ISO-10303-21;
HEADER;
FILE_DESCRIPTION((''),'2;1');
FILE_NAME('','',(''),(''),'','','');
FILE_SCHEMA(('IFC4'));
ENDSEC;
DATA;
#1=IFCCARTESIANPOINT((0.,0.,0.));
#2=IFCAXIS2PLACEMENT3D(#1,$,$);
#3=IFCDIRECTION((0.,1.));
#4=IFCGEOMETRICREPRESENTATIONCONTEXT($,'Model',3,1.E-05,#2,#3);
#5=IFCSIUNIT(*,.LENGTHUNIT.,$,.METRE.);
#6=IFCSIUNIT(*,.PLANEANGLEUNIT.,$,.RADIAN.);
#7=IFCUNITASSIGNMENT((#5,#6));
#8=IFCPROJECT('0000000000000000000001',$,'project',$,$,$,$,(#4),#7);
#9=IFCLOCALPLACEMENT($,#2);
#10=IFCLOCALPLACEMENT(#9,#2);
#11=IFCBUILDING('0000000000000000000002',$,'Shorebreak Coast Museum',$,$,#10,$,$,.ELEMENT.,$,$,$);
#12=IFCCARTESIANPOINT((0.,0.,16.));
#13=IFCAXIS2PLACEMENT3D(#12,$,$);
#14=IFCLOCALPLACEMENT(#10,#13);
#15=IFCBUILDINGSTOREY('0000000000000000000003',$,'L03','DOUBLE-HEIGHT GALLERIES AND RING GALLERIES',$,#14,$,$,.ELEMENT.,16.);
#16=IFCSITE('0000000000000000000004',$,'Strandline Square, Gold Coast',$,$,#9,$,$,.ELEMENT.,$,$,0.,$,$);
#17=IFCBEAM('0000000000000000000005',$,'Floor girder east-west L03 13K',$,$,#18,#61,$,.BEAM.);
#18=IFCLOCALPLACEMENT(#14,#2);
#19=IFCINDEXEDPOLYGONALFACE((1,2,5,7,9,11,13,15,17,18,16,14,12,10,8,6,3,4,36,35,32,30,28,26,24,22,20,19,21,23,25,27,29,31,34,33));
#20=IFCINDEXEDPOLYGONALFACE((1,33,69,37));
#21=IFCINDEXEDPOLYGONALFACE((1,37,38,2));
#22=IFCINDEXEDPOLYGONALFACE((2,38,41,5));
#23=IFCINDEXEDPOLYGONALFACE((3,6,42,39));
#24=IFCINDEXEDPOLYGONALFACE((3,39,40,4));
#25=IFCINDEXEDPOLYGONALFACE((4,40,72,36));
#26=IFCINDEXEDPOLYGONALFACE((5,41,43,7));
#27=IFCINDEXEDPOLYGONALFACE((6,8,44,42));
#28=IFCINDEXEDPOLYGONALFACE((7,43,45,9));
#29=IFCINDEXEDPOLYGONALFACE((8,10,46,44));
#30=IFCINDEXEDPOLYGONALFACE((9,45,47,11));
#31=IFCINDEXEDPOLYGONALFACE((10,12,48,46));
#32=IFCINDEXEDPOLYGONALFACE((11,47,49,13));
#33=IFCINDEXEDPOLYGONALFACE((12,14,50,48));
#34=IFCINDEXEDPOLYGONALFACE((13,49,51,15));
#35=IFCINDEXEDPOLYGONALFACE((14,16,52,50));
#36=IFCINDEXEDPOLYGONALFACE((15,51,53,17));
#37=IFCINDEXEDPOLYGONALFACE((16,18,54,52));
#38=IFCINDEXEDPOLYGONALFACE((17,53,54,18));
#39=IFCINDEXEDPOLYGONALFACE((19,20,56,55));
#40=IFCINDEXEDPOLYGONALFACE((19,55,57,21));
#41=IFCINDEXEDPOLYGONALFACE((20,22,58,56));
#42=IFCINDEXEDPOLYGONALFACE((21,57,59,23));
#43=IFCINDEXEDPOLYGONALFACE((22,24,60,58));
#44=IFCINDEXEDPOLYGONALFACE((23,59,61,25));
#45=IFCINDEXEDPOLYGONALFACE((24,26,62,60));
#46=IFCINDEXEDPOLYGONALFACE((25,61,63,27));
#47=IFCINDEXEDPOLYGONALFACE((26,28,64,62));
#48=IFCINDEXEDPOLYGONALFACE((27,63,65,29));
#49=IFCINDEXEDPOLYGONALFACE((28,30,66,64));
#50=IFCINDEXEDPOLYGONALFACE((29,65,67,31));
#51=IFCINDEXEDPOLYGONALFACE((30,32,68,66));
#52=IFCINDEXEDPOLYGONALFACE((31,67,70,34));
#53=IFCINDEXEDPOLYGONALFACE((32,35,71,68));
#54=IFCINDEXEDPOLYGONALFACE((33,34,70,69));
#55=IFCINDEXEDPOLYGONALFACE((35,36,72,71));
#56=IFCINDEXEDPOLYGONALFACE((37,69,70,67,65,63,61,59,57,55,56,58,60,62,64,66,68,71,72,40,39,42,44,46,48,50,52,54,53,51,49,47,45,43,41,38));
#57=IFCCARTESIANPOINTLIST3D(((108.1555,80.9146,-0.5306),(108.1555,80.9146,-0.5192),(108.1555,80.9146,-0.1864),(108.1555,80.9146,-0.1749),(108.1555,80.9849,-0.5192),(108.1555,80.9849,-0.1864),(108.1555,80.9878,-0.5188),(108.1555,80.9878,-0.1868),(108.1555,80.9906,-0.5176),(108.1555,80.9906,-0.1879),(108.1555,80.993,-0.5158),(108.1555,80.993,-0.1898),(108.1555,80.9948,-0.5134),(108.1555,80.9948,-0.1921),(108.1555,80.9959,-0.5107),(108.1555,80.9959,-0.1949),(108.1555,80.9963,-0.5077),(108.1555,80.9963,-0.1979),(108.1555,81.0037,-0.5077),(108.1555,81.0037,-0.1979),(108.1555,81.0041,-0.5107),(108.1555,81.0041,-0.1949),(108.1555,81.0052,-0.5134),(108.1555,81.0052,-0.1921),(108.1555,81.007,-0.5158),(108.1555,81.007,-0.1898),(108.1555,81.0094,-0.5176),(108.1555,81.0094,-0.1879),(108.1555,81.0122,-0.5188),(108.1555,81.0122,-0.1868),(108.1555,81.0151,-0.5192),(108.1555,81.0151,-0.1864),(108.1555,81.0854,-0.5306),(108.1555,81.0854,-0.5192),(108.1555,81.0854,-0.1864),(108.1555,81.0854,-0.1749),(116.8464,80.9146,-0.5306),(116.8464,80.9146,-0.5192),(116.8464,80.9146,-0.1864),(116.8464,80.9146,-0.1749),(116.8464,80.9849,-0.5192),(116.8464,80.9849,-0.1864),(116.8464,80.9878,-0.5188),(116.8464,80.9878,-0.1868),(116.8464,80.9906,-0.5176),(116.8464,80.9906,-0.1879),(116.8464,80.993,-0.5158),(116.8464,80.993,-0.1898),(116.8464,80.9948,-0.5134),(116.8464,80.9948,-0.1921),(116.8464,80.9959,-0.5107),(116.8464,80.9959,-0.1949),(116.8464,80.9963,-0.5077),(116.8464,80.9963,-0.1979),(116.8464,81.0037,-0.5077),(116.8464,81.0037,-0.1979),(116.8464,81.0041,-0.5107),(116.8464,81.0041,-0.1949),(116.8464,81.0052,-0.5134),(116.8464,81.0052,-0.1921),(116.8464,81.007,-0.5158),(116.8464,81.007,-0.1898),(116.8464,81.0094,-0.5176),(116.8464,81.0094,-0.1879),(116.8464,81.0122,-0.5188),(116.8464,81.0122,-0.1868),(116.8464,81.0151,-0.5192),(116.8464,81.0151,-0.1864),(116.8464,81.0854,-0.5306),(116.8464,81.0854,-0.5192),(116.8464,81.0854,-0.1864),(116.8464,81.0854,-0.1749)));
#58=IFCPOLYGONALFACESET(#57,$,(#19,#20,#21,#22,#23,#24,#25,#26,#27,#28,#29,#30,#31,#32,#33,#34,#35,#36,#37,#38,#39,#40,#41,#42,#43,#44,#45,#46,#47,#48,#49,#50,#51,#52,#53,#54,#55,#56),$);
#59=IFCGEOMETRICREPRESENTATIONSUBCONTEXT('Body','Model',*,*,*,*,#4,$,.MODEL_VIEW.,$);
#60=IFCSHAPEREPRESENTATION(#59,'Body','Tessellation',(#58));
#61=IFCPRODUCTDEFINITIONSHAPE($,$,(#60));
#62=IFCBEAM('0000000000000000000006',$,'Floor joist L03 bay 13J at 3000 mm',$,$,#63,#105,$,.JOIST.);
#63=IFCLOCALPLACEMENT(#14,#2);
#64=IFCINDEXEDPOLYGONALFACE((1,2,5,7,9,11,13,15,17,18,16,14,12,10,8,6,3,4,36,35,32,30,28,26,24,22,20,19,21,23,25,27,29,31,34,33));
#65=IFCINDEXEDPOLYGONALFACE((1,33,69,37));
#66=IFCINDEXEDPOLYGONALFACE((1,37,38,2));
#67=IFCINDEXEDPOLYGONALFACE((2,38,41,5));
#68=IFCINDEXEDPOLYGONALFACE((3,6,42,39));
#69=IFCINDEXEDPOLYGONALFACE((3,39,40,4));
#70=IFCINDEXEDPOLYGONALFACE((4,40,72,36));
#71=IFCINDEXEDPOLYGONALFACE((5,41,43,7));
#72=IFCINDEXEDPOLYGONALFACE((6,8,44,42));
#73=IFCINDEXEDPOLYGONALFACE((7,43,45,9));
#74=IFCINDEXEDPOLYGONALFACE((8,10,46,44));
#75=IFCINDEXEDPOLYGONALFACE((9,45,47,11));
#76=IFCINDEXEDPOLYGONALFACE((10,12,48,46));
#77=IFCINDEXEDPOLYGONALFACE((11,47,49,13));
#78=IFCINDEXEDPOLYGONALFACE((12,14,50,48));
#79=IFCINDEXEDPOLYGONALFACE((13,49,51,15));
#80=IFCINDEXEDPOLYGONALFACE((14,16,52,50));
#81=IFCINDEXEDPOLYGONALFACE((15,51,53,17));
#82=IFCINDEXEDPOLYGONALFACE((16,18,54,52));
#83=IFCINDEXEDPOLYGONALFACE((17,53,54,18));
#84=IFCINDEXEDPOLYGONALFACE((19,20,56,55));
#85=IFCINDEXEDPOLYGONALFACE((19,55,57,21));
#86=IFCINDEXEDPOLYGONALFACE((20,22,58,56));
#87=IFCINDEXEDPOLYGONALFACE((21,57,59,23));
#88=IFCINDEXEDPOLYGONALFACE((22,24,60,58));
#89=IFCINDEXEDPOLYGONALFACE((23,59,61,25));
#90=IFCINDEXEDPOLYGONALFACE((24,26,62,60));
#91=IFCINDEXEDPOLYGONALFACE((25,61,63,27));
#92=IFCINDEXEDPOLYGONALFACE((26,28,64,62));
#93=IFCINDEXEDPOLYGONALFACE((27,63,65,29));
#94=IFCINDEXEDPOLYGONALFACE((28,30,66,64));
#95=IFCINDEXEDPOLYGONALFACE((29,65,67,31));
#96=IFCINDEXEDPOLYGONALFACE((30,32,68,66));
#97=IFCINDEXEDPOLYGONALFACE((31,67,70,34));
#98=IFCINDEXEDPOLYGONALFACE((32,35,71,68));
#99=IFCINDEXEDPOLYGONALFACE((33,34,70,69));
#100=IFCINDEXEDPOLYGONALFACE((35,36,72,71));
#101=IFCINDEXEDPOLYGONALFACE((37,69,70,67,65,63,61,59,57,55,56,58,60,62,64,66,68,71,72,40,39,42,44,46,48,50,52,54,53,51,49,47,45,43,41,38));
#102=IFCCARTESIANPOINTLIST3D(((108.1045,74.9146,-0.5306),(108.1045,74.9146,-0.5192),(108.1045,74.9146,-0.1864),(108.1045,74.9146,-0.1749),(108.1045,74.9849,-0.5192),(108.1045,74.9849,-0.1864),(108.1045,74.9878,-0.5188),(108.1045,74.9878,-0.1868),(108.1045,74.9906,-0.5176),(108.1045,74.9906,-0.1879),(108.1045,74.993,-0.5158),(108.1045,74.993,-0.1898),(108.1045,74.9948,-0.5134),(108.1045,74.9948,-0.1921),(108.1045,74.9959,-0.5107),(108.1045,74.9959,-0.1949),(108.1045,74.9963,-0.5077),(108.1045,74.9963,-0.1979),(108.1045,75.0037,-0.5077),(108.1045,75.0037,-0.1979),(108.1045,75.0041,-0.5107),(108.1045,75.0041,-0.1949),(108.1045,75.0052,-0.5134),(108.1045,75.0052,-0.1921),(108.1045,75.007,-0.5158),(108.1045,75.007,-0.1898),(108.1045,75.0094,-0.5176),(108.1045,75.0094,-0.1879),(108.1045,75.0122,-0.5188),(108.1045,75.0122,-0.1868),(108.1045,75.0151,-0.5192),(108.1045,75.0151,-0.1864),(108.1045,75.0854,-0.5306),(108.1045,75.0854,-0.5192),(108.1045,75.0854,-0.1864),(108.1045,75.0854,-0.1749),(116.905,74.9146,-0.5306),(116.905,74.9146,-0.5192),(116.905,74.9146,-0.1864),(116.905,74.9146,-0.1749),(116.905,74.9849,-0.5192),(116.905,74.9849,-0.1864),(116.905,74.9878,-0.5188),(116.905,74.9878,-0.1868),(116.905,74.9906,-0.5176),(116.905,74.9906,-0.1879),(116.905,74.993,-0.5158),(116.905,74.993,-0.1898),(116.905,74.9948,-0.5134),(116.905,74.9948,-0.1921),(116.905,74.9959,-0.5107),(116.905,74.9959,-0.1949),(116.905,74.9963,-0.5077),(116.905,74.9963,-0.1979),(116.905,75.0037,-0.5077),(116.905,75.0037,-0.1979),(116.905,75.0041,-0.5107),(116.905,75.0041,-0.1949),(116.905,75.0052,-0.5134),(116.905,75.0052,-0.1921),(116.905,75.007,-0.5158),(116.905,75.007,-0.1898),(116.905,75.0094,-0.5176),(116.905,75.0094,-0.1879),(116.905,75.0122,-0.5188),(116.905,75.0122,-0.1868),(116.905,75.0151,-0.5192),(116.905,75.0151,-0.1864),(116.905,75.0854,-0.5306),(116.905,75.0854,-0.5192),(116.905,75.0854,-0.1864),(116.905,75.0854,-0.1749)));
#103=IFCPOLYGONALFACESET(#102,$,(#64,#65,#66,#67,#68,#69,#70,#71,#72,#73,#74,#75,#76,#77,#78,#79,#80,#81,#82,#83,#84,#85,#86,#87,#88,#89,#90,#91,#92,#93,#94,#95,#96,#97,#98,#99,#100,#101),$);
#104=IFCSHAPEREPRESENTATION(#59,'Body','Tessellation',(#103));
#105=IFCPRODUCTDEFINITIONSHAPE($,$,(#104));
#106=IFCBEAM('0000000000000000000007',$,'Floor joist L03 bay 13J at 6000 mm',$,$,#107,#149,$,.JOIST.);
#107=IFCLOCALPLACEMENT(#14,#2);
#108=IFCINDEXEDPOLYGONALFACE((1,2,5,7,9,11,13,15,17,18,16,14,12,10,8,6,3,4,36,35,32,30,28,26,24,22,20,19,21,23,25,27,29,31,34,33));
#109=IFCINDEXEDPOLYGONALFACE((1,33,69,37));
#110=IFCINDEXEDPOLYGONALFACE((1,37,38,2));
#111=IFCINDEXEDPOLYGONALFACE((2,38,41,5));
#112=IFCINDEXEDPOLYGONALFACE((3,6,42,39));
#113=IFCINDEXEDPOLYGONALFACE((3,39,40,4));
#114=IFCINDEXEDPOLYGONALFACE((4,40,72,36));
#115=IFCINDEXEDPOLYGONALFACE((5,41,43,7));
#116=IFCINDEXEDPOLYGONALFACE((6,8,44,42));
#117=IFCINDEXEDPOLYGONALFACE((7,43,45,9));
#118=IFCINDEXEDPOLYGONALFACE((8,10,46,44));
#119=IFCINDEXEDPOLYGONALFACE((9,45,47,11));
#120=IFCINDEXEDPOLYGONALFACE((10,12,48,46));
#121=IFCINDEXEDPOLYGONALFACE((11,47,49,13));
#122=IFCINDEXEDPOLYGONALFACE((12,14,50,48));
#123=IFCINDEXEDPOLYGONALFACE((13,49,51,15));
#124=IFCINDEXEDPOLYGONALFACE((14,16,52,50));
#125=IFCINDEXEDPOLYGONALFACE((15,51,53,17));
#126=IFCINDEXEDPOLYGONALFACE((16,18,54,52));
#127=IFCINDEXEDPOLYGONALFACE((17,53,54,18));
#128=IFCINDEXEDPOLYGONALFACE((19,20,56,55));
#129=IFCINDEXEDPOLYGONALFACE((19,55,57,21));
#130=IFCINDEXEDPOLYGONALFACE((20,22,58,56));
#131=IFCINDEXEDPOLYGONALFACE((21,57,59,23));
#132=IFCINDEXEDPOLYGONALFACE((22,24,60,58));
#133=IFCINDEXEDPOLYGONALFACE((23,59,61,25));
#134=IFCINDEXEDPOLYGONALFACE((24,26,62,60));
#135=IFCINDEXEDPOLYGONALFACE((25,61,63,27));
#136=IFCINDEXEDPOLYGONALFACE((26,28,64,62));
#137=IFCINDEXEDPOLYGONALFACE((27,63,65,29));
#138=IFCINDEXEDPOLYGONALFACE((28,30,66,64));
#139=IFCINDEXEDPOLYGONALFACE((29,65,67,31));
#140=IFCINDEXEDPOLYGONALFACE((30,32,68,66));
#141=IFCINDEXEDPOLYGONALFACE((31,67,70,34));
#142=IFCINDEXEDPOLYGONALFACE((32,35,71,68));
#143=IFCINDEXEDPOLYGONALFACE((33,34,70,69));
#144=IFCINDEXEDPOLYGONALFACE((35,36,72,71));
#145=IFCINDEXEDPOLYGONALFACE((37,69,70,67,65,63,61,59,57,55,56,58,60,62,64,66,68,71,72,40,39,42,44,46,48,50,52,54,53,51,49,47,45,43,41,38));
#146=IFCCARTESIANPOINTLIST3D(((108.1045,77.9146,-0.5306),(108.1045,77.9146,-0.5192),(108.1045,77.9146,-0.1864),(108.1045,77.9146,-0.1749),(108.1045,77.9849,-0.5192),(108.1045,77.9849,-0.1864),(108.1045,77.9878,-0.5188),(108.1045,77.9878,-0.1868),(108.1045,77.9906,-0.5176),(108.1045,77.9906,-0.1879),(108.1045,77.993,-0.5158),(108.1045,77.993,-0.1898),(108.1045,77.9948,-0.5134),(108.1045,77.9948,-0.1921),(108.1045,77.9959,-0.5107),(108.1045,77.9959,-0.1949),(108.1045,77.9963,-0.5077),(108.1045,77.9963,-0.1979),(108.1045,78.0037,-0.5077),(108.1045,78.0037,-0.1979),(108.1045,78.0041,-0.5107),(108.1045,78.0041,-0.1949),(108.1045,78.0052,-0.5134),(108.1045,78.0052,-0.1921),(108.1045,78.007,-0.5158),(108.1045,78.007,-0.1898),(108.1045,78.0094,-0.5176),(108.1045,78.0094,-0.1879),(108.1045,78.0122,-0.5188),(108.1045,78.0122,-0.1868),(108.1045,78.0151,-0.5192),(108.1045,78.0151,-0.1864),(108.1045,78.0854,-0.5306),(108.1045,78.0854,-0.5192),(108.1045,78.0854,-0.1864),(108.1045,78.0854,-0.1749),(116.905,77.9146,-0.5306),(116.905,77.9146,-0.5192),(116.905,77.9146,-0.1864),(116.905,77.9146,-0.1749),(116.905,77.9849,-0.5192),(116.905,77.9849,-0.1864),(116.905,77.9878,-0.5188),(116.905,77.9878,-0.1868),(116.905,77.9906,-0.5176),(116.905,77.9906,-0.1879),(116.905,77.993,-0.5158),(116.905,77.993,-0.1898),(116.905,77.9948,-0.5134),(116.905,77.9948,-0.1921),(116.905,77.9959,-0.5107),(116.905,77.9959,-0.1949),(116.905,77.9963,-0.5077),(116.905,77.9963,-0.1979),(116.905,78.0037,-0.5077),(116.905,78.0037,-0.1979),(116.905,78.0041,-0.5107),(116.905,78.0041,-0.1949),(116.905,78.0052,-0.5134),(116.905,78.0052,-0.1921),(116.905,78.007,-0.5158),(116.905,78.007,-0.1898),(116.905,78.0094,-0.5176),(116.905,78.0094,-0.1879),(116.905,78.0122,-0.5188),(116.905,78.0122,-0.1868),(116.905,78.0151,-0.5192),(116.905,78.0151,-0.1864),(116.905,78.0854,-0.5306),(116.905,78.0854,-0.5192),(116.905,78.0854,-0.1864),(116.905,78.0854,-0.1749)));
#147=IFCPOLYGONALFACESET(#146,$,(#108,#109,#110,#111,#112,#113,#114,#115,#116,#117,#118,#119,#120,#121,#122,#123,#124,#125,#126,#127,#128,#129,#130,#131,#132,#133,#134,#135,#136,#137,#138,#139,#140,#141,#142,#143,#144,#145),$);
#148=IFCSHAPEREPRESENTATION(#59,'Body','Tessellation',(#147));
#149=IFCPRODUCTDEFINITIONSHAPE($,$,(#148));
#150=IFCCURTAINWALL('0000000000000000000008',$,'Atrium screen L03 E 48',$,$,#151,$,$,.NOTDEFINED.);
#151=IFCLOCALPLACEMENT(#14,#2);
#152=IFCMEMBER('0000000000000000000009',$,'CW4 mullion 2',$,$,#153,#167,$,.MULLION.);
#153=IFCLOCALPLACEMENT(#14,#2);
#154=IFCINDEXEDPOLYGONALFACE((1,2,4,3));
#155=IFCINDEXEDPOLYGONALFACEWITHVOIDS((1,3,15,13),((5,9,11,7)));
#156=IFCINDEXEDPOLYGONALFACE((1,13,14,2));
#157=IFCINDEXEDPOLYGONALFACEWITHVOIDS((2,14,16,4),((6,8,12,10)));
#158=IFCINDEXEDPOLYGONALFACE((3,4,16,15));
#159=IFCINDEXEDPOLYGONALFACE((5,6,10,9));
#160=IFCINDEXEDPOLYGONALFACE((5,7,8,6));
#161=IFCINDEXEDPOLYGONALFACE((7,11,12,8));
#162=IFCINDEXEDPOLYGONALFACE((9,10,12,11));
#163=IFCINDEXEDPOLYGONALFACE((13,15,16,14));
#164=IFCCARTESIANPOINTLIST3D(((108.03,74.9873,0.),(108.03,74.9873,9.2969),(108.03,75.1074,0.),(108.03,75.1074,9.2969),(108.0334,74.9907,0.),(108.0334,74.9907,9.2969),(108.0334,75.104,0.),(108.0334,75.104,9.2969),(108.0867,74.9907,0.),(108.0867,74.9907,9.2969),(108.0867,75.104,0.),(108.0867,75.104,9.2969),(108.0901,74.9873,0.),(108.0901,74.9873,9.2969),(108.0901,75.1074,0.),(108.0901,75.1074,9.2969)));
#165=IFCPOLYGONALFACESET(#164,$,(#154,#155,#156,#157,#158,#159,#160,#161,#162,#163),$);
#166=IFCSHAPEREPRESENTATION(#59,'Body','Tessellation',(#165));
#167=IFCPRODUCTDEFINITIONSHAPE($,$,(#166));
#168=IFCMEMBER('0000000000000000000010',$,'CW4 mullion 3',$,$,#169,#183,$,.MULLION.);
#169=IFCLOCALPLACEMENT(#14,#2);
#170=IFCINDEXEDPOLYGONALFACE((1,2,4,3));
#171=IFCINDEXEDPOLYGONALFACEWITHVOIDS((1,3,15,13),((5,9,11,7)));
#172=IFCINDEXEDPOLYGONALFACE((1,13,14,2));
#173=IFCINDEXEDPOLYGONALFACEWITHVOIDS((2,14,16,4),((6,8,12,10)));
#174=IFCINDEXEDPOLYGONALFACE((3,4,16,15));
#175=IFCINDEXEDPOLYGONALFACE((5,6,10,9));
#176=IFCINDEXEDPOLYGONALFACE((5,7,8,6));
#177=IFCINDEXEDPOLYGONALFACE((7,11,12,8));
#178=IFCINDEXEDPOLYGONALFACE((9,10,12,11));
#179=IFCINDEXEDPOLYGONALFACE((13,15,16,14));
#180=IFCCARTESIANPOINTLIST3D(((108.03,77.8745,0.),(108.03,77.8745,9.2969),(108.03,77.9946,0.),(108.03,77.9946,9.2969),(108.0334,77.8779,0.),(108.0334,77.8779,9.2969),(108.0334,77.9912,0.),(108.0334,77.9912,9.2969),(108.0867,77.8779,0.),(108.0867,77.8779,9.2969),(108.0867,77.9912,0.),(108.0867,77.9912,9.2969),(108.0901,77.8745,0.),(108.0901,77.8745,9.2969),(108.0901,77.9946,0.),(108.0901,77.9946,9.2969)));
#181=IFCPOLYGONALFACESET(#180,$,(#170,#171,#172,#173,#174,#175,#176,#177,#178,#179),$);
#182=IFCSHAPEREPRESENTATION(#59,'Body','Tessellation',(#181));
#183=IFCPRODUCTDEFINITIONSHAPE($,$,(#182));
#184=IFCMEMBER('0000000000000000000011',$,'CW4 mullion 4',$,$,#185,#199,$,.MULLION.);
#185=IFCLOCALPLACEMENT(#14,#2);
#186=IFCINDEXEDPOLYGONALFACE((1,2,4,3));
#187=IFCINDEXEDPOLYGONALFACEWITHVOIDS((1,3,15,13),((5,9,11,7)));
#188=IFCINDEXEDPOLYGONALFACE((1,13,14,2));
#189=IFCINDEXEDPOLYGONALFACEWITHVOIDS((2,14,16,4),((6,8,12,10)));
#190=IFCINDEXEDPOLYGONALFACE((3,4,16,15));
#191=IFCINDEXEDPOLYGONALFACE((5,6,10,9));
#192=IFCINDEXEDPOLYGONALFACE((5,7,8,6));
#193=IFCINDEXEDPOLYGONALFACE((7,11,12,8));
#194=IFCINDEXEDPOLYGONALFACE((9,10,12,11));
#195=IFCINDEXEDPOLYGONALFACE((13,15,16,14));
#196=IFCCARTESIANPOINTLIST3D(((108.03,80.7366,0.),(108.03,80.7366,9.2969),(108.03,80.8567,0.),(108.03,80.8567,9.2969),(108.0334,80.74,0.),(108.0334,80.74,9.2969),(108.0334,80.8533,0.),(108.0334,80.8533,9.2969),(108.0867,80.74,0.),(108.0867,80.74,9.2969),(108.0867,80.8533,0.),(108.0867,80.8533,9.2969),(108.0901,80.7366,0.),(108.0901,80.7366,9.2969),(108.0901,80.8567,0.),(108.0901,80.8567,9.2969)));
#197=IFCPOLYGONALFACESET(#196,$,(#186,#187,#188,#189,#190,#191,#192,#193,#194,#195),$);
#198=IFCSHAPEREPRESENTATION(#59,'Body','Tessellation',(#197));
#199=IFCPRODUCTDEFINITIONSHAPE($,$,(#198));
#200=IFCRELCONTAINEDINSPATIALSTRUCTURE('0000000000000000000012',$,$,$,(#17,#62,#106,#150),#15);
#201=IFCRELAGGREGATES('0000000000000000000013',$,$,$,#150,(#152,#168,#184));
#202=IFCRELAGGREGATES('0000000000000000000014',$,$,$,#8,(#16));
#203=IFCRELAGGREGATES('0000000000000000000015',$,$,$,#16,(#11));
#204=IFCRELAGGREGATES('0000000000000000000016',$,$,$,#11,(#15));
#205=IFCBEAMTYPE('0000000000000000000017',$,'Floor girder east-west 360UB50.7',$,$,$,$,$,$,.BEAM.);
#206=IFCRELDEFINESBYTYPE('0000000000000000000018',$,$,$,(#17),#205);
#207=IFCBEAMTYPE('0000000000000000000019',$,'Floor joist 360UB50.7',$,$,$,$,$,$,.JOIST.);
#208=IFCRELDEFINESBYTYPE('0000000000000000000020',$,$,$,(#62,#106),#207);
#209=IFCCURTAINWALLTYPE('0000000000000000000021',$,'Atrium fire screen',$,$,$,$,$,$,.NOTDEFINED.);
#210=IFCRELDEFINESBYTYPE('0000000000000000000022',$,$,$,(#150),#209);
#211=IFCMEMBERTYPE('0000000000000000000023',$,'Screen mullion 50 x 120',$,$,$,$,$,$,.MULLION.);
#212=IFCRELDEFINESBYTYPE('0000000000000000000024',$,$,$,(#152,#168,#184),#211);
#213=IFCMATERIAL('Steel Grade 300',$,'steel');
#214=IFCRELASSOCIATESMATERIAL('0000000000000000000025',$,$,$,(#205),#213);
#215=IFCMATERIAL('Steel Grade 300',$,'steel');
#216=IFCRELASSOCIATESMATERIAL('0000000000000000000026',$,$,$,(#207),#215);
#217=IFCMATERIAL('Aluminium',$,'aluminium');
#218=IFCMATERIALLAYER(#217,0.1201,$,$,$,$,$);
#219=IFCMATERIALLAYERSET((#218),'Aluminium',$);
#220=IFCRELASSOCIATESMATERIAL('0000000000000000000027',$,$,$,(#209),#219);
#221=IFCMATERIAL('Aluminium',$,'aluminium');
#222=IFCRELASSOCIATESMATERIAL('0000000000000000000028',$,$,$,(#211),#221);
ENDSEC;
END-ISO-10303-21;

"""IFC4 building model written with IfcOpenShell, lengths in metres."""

from ifc_helpers import new_model, si_unit, direction, frame, origin, origin_2d, place, context, subcontext, project, spatial, hollow_rectangle, i_section, extrude, material, layer, layer_set, material_profile, profile_set, type_object, element, aggregate, save


model = new_model("IFC4")

# Units and contexts
model_context = context("Model", 3, precision=1e-05, world=origin(), true_north=direction((0.0, 1.0)))
body_context = subcontext(model_context, "Body", "Model", "MODEL_VIEW")
ifc_project = project(units=[si_unit("LENGTHUNIT", "METRE"), si_unit("PLANEANGLEUNIT", "RADIAN")], contexts=[model_context])

# Site, building, storey
site_placement = place(None, origin())
site = spatial("IfcSite", under=ifc_project, at=site_placement, Name="Strandline Square, Gold Coast", CompositionType="ELEMENT", RefElevation=0.0)
building_placement = place(site_placement, origin())
building = spatial("IfcBuilding", under=site, at=building_placement, Name="Shorebreak Coast Museum", CompositionType="ELEMENT")
storey_placement = place(building_placement, frame((0.0, 0.0, 16.0)))
storey = spatial("IfcBuildingStorey", under=building, at=storey_placement, Name="L03", Description="DOUBLE-HEIGHT GALLERIES AND RING GALLERIES", CompositionType="ELEMENT", Elevation=16.0)

# Beams
ifc_material_1 = material(Name="Steel Grade 300", Category="steel")
ifc_material_profile_1 = material_profile(ifc_material_1, i_section(OverallWidth=0.1709, OverallDepth=0.3557, WebThickness=0.0073, FlangeThickness=0.0115, FilletRadius=0.0115, at=origin_2d()), Name="360UB50.7")
ifc_profile_set_1 = profile_set([ifc_material_profile_1], Name="Steel Grade 300")
beam_type_1 = type_object("IfcBeamType", Name="Floor girder east-west 360UB50.7", PredefinedType="BEAM", material=ifc_profile_set_1)
beam_placement = place(storey_placement, frame((108.1555, 81.0, -0.3528), z_axis=(1.0, 0.0, 0.0), x_axis=(0.0, 1.0, 0.0)))
element("IfcBeam", 1, at=beam_placement, inside=storey, type_object=beam_type_1, Name="Floor girder east-west L03 13K", PredefinedType="BEAM", context=body_context, shape_type="SweptSolid", body=[
    extrude(i_section(OverallWidth=0.1709, OverallDepth=0.3557, WebThickness=0.0073, FlangeThickness=0.0115, FilletRadius=0.0115, at=origin_2d()), origin(), (0.0, 0.0, 1.0), 8.6909),
])
ifc_material_2 = material(Name="Steel Grade 300", Category="steel")
ifc_material_profile_2 = material_profile(ifc_material_2, i_section(OverallWidth=0.1709, OverallDepth=0.3557, WebThickness=0.0073, FlangeThickness=0.0115, FilletRadius=0.0115, at=origin_2d()), Name="360UB50.7")
ifc_profile_set_2 = profile_set([ifc_material_profile_2], Name="Steel Grade 300")
beam_type_2 = type_object("IfcBeamType", Name="Floor joist 360UB50.7", PredefinedType="JOIST", material=ifc_profile_set_2)
for number, where, z_axis, x_axis, name in (
    (2, (108.1045, 75.0, -0.3528), (1.0, 0.0, 0.0), (0.0, 1.0, 0.0), "Floor joist L03 bay 13J at 3000 mm"),
    (3, (108.1045, 78.0, -0.3528), (1.0, 0.0, 0.0), (0.0, 1.0, 0.0), "Floor joist L03 bay 13J at 6000 mm"),
):
    element("IfcBeam", number, at=place(storey_placement, frame(where, z_axis=z_axis, x_axis=x_axis)), inside=storey, type_object=beam_type_2, Name=name, PredefinedType="JOIST", context=body_context, shape_type="SweptSolid", body=[
        extrude(i_section(OverallWidth=0.1709, OverallDepth=0.3557, WebThickness=0.0073, FlangeThickness=0.0115, FilletRadius=0.0115, at=origin_2d()), origin(), (0.0, 0.0, 1.0), 8.8005),
    ])

# Curtain wall, members
ifc_material_3 = material(Name="Aluminium", Category="aluminium")
ifc_layer_1 = layer(ifc_material_3, 0.1201)
ifc_layer_set_1 = layer_set([ifc_layer_1], Name="Aluminium")
curtain_wall_type = type_object("IfcCurtainWallType", Name="Atrium fire screen", PredefinedType="NOTDEFINED", material=ifc_layer_set_1)
curtain_wall_placement = place(storey_placement, origin())
curtain_wall = element("IfcCurtainWall", 4, at=curtain_wall_placement, inside=storey, type_object=curtain_wall_type, Name="Atrium screen L03 E 48", PredefinedType="NOTDEFINED")
ifc_material_4 = material(Name="Aluminium", Category="aluminium")
ifc_material_profile_3 = material_profile(ifc_material_4, hollow_rectangle(XDim=0.0601, YDim=0.1201, WallThickness=0.0034, at=origin_2d()), Name="AL 120x60 RHS")
ifc_profile_set_3 = profile_set([ifc_material_profile_3], Name="Aluminium")
member_type_1 = type_object("IfcMemberType", Name="Screen mullion 50 x 120", PredefinedType="MULLION", material=ifc_profile_set_3)
member_1_placement = place(storey_placement, frame((108.0601, 75.0474, 0.0), z_axis=(0.0, 0.0, 1.0), x_axis=(-1.0, 0.0, 0.0)))
member_1 = element("IfcMember", 5, at=member_1_placement, type_object=member_type_1, Name="CW4 mullion 2", PredefinedType="MULLION", context=body_context, shape_type="SweptSolid", body=[
    extrude(hollow_rectangle(XDim=0.0601, YDim=0.1201, WallThickness=0.0034, at=origin_2d()), origin(), (0.0, 0.0, 1.0), 9.2969),
])
member_2_placement = place(storey_placement, frame((108.0601, 77.9346, 0.0), z_axis=(0.0, 0.0, 1.0), x_axis=(-1.0, 0.0, 0.0)))
member_2 = element("IfcMember", 6, at=member_2_placement, type_object=member_type_1, Name="CW4 mullion 3", PredefinedType="MULLION", context=body_context, shape_type="SweptSolid", body=[
    extrude(hollow_rectangle(XDim=0.0601, YDim=0.1201, WallThickness=0.0034, at=origin_2d()), origin(), (0.0, 0.0, 1.0), 9.2969),
])
member_3_placement = place(storey_placement, frame((108.0601, 80.7966, 0.0), z_axis=(0.0, 0.0, 1.0), x_axis=(-1.0, 0.0, 0.0)))
member_3 = element("IfcMember", 7, at=member_3_placement, type_object=member_type_1, Name="CW4 mullion 4", PredefinedType="MULLION", context=body_context, shape_type="SweptSolid", body=[
    extrude(hollow_rectangle(XDim=0.0601, YDim=0.1201, WallThickness=0.0034, at=origin_2d()), origin(), (0.0, 0.0, 1.0), 9.2969),
])

aggregate(curtain_wall, [member_1, member_2, member_3])

save(model, "model.ifc")
